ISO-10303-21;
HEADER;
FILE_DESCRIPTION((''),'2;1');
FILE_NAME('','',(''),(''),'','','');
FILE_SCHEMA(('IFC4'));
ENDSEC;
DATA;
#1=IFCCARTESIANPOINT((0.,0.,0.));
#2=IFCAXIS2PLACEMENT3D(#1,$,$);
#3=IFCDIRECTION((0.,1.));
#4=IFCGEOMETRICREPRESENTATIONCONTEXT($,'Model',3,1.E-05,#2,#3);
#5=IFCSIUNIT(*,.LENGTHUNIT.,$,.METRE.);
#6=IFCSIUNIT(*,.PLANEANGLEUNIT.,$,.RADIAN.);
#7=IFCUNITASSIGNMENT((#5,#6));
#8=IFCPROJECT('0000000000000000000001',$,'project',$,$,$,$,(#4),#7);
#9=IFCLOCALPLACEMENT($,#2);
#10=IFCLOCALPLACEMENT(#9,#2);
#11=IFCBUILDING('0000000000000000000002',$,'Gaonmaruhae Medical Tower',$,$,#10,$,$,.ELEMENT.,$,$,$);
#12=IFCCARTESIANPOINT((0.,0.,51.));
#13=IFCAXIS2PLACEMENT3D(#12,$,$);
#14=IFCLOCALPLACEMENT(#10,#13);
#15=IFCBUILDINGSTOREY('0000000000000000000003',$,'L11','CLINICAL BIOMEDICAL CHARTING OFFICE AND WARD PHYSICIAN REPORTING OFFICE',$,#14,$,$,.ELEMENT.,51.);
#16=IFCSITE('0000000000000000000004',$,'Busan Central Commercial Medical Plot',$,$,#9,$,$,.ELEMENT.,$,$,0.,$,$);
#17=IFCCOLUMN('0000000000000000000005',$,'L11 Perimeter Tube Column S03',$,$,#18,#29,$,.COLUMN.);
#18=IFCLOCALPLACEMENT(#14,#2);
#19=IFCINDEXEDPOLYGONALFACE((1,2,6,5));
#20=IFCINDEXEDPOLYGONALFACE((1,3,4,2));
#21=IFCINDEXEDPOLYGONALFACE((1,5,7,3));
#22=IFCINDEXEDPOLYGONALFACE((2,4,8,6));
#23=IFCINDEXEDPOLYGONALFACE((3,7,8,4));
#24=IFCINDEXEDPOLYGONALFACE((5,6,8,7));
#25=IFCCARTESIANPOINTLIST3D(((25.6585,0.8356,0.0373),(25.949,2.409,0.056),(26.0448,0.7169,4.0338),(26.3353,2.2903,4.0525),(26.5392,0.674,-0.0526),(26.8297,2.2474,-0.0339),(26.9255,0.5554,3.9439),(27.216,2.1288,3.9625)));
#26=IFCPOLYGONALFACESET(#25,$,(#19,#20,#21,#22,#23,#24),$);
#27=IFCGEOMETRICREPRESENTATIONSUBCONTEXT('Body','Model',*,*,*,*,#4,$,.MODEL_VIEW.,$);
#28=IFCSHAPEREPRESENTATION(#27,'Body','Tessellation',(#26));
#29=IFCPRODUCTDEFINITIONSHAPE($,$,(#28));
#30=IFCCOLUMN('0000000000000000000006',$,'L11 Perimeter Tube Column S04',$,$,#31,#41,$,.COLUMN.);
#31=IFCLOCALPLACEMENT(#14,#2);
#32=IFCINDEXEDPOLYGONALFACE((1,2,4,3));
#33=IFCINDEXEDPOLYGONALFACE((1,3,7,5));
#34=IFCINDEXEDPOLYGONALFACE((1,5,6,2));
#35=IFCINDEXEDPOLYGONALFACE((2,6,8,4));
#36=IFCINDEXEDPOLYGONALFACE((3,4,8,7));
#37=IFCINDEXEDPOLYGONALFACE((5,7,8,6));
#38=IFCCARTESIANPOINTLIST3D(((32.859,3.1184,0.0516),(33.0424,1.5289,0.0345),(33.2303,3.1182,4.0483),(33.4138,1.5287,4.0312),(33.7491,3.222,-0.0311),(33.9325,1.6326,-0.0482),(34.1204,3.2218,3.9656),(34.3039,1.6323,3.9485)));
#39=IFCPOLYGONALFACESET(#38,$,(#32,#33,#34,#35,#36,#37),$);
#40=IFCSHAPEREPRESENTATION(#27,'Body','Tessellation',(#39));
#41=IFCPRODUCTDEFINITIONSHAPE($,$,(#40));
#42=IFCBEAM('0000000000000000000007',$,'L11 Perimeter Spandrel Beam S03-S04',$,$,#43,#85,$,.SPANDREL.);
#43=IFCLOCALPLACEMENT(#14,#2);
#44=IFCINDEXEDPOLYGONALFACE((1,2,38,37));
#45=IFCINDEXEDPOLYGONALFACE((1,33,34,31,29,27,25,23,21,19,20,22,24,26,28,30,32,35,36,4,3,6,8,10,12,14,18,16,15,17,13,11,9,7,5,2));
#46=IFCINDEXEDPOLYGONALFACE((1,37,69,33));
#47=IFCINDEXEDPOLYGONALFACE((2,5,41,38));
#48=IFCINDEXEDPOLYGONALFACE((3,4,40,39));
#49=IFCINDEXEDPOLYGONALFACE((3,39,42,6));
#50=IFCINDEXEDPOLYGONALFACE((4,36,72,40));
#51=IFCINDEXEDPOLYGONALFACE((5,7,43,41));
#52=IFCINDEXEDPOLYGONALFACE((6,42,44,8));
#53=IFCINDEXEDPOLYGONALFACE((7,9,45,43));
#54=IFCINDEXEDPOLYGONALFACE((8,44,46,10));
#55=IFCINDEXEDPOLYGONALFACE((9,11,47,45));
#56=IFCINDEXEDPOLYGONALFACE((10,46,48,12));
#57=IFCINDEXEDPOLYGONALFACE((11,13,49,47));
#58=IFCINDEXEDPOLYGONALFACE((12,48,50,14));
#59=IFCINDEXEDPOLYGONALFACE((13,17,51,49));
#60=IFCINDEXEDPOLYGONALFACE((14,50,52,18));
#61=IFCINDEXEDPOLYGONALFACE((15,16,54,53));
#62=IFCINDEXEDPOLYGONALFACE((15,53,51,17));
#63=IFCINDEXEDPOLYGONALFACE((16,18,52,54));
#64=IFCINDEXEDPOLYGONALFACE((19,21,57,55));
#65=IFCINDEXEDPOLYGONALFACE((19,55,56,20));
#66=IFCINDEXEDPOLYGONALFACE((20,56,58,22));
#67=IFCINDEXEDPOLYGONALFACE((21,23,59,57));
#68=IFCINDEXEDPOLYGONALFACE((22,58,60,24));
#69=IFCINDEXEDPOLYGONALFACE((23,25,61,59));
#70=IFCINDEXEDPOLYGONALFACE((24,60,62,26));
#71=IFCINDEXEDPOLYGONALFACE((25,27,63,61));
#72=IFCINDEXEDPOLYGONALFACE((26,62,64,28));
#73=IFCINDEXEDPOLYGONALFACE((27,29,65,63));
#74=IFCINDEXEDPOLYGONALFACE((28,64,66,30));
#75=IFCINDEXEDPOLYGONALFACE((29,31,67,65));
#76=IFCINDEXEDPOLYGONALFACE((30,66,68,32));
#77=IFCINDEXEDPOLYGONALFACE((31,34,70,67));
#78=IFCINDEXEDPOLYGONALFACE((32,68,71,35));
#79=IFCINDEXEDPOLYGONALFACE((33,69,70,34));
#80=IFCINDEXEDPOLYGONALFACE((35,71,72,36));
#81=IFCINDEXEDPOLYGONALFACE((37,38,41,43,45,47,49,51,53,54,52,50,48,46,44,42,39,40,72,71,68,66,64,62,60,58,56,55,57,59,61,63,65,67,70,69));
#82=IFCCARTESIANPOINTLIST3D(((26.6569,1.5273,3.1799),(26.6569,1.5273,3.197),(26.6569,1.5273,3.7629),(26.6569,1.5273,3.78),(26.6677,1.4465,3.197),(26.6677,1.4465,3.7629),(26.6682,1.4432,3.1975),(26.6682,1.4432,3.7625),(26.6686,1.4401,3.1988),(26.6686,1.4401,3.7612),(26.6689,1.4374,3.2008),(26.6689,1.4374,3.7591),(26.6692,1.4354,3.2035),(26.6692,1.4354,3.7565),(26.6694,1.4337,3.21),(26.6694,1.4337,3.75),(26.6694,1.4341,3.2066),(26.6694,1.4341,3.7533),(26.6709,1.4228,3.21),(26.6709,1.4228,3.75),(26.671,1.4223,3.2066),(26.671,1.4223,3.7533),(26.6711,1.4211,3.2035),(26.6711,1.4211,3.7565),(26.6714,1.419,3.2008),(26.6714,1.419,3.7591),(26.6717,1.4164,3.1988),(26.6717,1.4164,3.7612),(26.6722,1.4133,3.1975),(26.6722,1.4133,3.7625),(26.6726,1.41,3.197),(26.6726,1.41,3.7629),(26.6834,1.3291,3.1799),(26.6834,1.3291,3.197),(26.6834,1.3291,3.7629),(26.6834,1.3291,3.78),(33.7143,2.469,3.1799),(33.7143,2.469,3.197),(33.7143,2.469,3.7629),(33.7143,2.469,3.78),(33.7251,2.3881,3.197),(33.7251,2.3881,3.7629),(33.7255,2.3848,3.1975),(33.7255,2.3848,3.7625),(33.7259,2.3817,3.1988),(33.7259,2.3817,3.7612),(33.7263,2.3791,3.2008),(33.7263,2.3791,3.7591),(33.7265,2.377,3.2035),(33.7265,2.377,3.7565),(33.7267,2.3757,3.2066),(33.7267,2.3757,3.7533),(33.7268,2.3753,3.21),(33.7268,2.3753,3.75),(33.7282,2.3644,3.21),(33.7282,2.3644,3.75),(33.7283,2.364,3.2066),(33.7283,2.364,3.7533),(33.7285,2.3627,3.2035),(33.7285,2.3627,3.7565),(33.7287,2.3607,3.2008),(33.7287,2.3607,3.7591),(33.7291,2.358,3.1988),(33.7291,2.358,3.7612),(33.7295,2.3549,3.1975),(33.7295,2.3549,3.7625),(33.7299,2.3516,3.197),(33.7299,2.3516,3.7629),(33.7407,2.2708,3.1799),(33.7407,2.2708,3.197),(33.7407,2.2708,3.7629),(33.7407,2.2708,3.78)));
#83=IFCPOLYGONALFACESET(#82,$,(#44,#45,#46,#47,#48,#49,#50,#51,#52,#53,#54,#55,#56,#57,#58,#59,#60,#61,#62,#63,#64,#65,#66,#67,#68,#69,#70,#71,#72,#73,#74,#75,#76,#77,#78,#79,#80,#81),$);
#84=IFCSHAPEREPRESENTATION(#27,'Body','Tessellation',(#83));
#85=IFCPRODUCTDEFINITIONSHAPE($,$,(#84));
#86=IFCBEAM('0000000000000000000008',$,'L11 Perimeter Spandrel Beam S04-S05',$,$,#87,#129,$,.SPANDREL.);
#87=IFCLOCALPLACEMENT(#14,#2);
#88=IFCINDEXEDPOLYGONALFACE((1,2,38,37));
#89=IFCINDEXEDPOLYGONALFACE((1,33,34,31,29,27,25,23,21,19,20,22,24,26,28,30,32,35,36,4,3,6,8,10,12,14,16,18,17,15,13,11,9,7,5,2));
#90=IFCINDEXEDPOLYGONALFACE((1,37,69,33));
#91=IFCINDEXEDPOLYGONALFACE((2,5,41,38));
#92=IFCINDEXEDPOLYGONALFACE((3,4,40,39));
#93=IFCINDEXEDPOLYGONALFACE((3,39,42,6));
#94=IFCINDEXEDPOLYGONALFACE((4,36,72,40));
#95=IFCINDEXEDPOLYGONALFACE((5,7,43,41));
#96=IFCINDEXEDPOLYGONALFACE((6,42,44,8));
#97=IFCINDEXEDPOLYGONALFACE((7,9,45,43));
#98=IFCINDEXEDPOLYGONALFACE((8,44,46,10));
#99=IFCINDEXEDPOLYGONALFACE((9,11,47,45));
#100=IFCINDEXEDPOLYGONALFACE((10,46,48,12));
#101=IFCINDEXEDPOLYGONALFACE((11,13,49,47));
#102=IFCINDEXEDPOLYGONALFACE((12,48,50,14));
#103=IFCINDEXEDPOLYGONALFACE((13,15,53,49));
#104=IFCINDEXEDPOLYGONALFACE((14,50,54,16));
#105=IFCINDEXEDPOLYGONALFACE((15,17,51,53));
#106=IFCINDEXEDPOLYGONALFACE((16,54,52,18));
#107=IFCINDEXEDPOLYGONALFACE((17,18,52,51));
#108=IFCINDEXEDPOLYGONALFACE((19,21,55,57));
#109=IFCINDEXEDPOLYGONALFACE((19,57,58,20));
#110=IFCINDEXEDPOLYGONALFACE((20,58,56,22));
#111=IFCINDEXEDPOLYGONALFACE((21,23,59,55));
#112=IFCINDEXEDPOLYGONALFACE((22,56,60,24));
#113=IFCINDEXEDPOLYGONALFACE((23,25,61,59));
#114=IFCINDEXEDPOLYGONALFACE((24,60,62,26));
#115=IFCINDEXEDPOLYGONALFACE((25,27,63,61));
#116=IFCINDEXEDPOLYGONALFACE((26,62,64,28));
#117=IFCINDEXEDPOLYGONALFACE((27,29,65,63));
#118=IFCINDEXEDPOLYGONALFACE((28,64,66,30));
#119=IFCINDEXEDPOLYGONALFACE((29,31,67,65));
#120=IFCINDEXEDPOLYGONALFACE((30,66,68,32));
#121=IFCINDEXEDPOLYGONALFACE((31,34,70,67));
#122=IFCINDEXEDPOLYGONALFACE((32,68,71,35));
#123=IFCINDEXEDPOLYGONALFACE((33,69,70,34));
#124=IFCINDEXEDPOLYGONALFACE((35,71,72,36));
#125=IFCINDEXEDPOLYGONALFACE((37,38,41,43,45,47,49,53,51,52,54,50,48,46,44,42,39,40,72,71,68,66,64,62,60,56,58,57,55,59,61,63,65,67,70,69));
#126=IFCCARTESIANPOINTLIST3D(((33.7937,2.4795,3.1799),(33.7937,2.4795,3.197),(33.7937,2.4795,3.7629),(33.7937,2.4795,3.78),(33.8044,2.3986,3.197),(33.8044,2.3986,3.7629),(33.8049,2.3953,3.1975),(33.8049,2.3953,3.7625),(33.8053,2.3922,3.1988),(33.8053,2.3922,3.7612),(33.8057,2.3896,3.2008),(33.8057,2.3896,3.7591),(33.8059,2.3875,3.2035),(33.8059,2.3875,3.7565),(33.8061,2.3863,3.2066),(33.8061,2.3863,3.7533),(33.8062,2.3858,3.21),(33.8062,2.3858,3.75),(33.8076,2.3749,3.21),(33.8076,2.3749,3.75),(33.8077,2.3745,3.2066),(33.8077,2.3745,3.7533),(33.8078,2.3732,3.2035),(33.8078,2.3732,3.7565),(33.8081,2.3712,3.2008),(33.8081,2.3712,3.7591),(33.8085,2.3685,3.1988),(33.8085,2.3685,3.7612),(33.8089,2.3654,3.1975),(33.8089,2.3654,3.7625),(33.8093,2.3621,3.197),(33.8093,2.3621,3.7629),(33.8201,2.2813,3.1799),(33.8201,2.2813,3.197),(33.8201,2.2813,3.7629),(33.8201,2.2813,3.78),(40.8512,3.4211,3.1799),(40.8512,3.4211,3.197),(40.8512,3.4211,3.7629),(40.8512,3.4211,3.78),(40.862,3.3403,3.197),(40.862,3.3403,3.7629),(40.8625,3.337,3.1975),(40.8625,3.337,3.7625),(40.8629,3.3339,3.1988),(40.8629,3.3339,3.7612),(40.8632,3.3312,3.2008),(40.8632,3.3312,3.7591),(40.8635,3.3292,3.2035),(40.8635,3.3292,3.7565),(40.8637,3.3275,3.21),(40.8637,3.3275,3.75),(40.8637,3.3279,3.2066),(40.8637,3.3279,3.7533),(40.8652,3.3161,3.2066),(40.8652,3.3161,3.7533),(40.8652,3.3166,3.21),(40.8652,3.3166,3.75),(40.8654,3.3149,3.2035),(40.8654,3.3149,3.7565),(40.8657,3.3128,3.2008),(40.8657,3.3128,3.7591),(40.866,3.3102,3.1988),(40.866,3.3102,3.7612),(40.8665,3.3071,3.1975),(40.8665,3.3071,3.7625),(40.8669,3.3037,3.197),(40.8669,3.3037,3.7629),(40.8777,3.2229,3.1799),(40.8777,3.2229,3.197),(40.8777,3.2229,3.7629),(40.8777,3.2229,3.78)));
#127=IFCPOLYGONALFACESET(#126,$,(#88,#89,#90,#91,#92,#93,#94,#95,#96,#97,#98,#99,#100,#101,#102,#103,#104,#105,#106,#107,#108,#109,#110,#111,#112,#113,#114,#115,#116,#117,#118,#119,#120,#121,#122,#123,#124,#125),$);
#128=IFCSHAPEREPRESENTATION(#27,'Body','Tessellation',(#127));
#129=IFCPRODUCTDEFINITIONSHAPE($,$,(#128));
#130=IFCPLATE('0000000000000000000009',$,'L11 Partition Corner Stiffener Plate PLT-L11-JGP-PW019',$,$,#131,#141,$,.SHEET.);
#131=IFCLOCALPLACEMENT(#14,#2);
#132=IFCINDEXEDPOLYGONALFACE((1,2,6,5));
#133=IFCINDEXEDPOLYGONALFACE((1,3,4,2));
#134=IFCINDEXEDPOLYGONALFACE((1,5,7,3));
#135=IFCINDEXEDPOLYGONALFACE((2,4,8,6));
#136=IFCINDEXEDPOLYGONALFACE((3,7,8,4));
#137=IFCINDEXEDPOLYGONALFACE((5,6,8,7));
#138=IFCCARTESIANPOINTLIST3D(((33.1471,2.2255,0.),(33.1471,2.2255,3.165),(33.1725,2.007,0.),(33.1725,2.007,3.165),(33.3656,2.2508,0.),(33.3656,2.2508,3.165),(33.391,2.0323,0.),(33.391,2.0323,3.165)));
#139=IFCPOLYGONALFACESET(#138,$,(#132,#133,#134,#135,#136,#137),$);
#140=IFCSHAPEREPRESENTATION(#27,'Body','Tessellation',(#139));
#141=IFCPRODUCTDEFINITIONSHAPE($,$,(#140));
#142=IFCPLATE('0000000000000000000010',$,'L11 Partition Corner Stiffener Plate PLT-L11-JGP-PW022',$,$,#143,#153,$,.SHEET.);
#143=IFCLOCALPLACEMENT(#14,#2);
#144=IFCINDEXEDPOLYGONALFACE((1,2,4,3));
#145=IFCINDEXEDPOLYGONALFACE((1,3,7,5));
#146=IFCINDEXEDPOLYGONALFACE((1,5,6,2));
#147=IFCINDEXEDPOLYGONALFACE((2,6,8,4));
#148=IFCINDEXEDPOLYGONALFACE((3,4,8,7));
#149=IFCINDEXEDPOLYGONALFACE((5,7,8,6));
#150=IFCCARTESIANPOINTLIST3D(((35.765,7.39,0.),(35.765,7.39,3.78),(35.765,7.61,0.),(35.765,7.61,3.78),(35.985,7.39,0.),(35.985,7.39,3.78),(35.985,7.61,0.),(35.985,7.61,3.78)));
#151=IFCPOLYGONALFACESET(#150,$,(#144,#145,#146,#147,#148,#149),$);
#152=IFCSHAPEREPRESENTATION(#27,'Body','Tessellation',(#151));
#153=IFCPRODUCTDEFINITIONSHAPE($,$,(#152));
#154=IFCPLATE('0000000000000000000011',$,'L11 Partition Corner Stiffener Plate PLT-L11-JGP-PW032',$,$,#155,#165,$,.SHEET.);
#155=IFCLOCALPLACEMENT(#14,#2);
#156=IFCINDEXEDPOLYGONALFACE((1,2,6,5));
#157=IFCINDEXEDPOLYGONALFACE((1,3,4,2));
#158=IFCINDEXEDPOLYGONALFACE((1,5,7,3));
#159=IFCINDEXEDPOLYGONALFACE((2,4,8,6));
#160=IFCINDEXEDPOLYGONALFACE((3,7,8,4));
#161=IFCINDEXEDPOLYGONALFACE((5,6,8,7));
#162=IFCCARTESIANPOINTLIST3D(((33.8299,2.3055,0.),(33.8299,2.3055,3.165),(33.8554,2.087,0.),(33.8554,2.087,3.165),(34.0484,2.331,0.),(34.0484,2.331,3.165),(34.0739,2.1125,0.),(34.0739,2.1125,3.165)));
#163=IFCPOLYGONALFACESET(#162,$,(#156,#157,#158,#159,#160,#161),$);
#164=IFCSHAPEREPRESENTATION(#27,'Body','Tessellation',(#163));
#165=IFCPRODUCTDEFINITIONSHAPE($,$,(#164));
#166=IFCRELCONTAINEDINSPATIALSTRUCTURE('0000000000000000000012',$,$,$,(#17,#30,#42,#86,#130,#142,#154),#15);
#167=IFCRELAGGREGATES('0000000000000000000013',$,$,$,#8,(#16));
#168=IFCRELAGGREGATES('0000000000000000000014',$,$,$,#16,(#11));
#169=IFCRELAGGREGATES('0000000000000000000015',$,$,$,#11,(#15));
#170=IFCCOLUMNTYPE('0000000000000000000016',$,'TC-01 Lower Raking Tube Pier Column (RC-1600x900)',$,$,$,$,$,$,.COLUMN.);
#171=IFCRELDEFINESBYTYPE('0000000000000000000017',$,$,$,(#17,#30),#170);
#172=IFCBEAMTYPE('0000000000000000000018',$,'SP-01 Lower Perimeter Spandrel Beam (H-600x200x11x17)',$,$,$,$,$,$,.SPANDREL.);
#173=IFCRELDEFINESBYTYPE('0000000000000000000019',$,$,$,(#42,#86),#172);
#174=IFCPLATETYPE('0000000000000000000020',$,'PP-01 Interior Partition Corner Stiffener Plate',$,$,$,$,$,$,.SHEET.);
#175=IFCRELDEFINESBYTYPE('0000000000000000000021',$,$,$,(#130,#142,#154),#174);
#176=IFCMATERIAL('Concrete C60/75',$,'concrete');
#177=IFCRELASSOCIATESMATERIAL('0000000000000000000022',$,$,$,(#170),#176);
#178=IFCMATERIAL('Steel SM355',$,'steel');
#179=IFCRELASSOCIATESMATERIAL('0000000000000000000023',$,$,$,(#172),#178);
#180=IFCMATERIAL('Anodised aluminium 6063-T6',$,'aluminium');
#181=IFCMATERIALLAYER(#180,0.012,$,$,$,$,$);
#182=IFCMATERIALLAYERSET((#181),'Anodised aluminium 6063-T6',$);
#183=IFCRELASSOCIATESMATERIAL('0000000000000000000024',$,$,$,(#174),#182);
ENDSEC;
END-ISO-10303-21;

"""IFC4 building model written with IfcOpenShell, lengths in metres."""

from ifc_helpers import new_model, si_unit, direction, frame, origin, origin_2d, place, context, subcontext, project, spatial, rectangle, i_section, extrude, material, layer, layer_set, material_profile, profile_set, type_object, element, save


model = new_model("IFC4")

# Units and contexts
model_context = context("Model", 3, precision=1e-05, world=origin(), true_north=direction((0.0, 1.0)))
body_context = subcontext(model_context, "Body", "Model", "MODEL_VIEW")
ifc_project = project(units=[si_unit("LENGTHUNIT", "METRE"), si_unit("PLANEANGLEUNIT", "RADIAN")], contexts=[model_context])

# Site, building, storey
site_placement = place(None, origin())
site = spatial("IfcSite", under=ifc_project, at=site_placement, Name="Busan Central Commercial Medical Plot", CompositionType="ELEMENT", RefElevation=0.0)
building_placement = place(site_placement, origin())
building = spatial("IfcBuilding", under=site, at=building_placement, Name="Gaonmaruhae Medical Tower", CompositionType="ELEMENT")
storey_placement = place(building_placement, frame((0.0, 0.0, 51.0)))
storey = spatial("IfcBuildingStorey", under=building, at=storey_placement, Name="L11", Description="CLINICAL BIOMEDICAL CHARTING OFFICE AND WARD PHYSICIAN REPORTING OFFICE", CompositionType="ELEMENT", Elevation=51.0)

# Columns
ifc_material_1 = material(Name="Concrete C60/75", Category="concrete")
ifc_material_profile_1 = material_profile(ifc_material_1, rectangle(XDim=1.6001, YDim=0.8999, at=origin_2d()), Name="RC-1600x900")
ifc_profile_set_1 = profile_set([ifc_material_profile_1], Name="Concrete C60/75")
column_type = type_object("IfcColumnType", Name="TC-01 Lower Raking Tube Pier Column (RC-1600x900)", PredefinedType="COLUMN", material=ifc_profile_set_1)
column_1_placement = place(storey_placement, frame((26.2441, 1.5415, 0.0017), z_axis=(0.09615, -0.029538, 0.994928), x_axis=(0.181549, 0.983313, 0.011648)))
element("IfcColumn", 1, at=column_1_placement, inside=storey, type_object=column_type, Name="L11 Perimeter Tube Column S03", PredefinedType="COLUMN", context=body_context, shape_type="SweptSolid", body=[
    extrude(rectangle(XDim=1.6001, YDim=0.8999, at=origin_2d()), origin(), (0.0, 0.0, 1.0), 4.0168),
])
column_2_placement = place(storey_placement, frame((33.3958, 2.3755, 0.0017), z_axis=(0.092515, -0.000061, 0.995711), x_axis=(-0.114654, 0.993348, 0.010714)))
element("IfcColumn", 2, at=column_2_placement, inside=storey, type_object=column_type, Name="L11 Perimeter Tube Column S04", PredefinedType="COLUMN", context=body_context, shape_type="SweptSolid", body=[
    extrude(rectangle(XDim=1.6001, YDim=0.8999, at=origin_2d()), origin(), (0.0, 0.0, 1.0), 4.0139),
])

# Beams
ifc_material_2 = material(Name="Steel SM355", Category="steel")
ifc_material_profile_2 = material_profile(ifc_material_2, i_section(OverallWidth=0.2, OverallDepth=0.6001, WebThickness=0.011, FlangeThickness=0.0171, FilletRadius=0.0129, at=origin_2d()), Name="H-600x200x11x17")
ifc_profile_set_2 = profile_set([ifc_material_profile_2], Name="Steel SM355")
beam_type = type_object("IfcBeamType", Name="SP-01 Lower Perimeter Spandrel Beam (H-600x200x11x17)", PredefinedType="SPANDREL", material=ifc_profile_set_2)
beam_1_placement = place(storey_placement, frame((26.6702, 1.4282, 3.48), z_axis=(0.991216, 0.132256, 0.0), x_axis=(-0.132256, 0.991216, 0.0)))
element("IfcBeam", 3, at=beam_1_placement, inside=storey, type_object=beam_type, Name="L11 Perimeter Spandrel Beam S03-S04", PredefinedType="SPANDREL", context=body_context, shape_type="SweptSolid", body=[
    extrude(i_section(OverallWidth=0.2, OverallDepth=0.6001, WebThickness=0.011, FlangeThickness=0.0171, FilletRadius=0.0129, at=origin_2d()), origin(), (0.0, 0.0, 1.0), 7.1199),
])
beam_2_placement = place(storey_placement, frame((33.8069, 2.3804, 3.48), z_axis=(0.991216, 0.132251, 0.0), x_axis=(-0.132251, 0.991216, 0.0)))
element("IfcBeam", 4, at=beam_2_placement, inside=storey, type_object=beam_type, Name="L11 Perimeter Spandrel Beam S04-S05", PredefinedType="SPANDREL", context=body_context, shape_type="SweptSolid", body=[
    extrude(i_section(OverallWidth=0.2, OverallDepth=0.6001, WebThickness=0.011, FlangeThickness=0.0171, FilletRadius=0.0129, at=origin_2d()), origin(), (0.0, 0.0, 1.0), 7.1201),
])

# Plates
ifc_material_3 = material(Name="Anodised aluminium 6063-T6", Category="aluminium")
ifc_layer_1 = layer(ifc_material_3, 0.012)
ifc_layer_set_1 = layer_set([ifc_layer_1], Name="Anodised aluminium 6063-T6")
plate_type = type_object("IfcPlateType", Name="PP-01 Interior Partition Corner Stiffener Plate", PredefinedType="SHEET", material=ifc_layer_set_1)
plate_1_placement = place(storey_placement, frame((33.269, 2.1289, 0.0), z_axis=(0.0, 0.0, 1.0), x_axis=(-0.993327, -0.115336, 0.0)))
element("IfcPlate", 5, at=plate_1_placement, inside=storey, type_object=plate_type, Name="L11 Partition Corner Stiffener Plate PLT-L11-JGP-PW019", PredefinedType="SHEET", context=body_context, shape_type="SweptSolid", body=[
    extrude(rectangle(XDim=0.22, YDim=0.22, at=origin_2d()), origin(), (0.0, 0.0, 1.0), 3.165),
])
plate_2_placement = place(storey_placement, frame((35.875, 7.5, 0.0), z_axis=(0.0, 0.0, 1.0), x_axis=(1.0, 0.0, 0.0)))
element("IfcPlate", 6, at=plate_2_placement, inside=storey, type_object=plate_type, Name="L11 Partition Corner Stiffener Plate PLT-L11-JGP-PW022", PredefinedType="SHEET", context=body_context, shape_type="SweptSolid", body=[
    extrude(rectangle(XDim=0.22, YDim=0.22, at=origin_2d()), origin(), (0.0, 0.0, 1.0), 3.78),
])
plate_3_placement = place(storey_placement, frame((33.9519, 2.209, 0.0), z_axis=(0.0, 0.0, 1.0), x_axis=(-0.993256, -0.115943, 0.0)))
element("IfcPlate", 7, at=plate_3_placement, inside=storey, type_object=plate_type, Name="L11 Partition Corner Stiffener Plate PLT-L11-JGP-PW032", PredefinedType="SHEET", context=body_context, shape_type="SweptSolid", body=[
    extrude(rectangle(XDim=0.22, YDim=0.22, at=origin_2d()), origin(), (0.0, 0.0, 1.0), 3.165),
])

save(model, "model.ifc")
